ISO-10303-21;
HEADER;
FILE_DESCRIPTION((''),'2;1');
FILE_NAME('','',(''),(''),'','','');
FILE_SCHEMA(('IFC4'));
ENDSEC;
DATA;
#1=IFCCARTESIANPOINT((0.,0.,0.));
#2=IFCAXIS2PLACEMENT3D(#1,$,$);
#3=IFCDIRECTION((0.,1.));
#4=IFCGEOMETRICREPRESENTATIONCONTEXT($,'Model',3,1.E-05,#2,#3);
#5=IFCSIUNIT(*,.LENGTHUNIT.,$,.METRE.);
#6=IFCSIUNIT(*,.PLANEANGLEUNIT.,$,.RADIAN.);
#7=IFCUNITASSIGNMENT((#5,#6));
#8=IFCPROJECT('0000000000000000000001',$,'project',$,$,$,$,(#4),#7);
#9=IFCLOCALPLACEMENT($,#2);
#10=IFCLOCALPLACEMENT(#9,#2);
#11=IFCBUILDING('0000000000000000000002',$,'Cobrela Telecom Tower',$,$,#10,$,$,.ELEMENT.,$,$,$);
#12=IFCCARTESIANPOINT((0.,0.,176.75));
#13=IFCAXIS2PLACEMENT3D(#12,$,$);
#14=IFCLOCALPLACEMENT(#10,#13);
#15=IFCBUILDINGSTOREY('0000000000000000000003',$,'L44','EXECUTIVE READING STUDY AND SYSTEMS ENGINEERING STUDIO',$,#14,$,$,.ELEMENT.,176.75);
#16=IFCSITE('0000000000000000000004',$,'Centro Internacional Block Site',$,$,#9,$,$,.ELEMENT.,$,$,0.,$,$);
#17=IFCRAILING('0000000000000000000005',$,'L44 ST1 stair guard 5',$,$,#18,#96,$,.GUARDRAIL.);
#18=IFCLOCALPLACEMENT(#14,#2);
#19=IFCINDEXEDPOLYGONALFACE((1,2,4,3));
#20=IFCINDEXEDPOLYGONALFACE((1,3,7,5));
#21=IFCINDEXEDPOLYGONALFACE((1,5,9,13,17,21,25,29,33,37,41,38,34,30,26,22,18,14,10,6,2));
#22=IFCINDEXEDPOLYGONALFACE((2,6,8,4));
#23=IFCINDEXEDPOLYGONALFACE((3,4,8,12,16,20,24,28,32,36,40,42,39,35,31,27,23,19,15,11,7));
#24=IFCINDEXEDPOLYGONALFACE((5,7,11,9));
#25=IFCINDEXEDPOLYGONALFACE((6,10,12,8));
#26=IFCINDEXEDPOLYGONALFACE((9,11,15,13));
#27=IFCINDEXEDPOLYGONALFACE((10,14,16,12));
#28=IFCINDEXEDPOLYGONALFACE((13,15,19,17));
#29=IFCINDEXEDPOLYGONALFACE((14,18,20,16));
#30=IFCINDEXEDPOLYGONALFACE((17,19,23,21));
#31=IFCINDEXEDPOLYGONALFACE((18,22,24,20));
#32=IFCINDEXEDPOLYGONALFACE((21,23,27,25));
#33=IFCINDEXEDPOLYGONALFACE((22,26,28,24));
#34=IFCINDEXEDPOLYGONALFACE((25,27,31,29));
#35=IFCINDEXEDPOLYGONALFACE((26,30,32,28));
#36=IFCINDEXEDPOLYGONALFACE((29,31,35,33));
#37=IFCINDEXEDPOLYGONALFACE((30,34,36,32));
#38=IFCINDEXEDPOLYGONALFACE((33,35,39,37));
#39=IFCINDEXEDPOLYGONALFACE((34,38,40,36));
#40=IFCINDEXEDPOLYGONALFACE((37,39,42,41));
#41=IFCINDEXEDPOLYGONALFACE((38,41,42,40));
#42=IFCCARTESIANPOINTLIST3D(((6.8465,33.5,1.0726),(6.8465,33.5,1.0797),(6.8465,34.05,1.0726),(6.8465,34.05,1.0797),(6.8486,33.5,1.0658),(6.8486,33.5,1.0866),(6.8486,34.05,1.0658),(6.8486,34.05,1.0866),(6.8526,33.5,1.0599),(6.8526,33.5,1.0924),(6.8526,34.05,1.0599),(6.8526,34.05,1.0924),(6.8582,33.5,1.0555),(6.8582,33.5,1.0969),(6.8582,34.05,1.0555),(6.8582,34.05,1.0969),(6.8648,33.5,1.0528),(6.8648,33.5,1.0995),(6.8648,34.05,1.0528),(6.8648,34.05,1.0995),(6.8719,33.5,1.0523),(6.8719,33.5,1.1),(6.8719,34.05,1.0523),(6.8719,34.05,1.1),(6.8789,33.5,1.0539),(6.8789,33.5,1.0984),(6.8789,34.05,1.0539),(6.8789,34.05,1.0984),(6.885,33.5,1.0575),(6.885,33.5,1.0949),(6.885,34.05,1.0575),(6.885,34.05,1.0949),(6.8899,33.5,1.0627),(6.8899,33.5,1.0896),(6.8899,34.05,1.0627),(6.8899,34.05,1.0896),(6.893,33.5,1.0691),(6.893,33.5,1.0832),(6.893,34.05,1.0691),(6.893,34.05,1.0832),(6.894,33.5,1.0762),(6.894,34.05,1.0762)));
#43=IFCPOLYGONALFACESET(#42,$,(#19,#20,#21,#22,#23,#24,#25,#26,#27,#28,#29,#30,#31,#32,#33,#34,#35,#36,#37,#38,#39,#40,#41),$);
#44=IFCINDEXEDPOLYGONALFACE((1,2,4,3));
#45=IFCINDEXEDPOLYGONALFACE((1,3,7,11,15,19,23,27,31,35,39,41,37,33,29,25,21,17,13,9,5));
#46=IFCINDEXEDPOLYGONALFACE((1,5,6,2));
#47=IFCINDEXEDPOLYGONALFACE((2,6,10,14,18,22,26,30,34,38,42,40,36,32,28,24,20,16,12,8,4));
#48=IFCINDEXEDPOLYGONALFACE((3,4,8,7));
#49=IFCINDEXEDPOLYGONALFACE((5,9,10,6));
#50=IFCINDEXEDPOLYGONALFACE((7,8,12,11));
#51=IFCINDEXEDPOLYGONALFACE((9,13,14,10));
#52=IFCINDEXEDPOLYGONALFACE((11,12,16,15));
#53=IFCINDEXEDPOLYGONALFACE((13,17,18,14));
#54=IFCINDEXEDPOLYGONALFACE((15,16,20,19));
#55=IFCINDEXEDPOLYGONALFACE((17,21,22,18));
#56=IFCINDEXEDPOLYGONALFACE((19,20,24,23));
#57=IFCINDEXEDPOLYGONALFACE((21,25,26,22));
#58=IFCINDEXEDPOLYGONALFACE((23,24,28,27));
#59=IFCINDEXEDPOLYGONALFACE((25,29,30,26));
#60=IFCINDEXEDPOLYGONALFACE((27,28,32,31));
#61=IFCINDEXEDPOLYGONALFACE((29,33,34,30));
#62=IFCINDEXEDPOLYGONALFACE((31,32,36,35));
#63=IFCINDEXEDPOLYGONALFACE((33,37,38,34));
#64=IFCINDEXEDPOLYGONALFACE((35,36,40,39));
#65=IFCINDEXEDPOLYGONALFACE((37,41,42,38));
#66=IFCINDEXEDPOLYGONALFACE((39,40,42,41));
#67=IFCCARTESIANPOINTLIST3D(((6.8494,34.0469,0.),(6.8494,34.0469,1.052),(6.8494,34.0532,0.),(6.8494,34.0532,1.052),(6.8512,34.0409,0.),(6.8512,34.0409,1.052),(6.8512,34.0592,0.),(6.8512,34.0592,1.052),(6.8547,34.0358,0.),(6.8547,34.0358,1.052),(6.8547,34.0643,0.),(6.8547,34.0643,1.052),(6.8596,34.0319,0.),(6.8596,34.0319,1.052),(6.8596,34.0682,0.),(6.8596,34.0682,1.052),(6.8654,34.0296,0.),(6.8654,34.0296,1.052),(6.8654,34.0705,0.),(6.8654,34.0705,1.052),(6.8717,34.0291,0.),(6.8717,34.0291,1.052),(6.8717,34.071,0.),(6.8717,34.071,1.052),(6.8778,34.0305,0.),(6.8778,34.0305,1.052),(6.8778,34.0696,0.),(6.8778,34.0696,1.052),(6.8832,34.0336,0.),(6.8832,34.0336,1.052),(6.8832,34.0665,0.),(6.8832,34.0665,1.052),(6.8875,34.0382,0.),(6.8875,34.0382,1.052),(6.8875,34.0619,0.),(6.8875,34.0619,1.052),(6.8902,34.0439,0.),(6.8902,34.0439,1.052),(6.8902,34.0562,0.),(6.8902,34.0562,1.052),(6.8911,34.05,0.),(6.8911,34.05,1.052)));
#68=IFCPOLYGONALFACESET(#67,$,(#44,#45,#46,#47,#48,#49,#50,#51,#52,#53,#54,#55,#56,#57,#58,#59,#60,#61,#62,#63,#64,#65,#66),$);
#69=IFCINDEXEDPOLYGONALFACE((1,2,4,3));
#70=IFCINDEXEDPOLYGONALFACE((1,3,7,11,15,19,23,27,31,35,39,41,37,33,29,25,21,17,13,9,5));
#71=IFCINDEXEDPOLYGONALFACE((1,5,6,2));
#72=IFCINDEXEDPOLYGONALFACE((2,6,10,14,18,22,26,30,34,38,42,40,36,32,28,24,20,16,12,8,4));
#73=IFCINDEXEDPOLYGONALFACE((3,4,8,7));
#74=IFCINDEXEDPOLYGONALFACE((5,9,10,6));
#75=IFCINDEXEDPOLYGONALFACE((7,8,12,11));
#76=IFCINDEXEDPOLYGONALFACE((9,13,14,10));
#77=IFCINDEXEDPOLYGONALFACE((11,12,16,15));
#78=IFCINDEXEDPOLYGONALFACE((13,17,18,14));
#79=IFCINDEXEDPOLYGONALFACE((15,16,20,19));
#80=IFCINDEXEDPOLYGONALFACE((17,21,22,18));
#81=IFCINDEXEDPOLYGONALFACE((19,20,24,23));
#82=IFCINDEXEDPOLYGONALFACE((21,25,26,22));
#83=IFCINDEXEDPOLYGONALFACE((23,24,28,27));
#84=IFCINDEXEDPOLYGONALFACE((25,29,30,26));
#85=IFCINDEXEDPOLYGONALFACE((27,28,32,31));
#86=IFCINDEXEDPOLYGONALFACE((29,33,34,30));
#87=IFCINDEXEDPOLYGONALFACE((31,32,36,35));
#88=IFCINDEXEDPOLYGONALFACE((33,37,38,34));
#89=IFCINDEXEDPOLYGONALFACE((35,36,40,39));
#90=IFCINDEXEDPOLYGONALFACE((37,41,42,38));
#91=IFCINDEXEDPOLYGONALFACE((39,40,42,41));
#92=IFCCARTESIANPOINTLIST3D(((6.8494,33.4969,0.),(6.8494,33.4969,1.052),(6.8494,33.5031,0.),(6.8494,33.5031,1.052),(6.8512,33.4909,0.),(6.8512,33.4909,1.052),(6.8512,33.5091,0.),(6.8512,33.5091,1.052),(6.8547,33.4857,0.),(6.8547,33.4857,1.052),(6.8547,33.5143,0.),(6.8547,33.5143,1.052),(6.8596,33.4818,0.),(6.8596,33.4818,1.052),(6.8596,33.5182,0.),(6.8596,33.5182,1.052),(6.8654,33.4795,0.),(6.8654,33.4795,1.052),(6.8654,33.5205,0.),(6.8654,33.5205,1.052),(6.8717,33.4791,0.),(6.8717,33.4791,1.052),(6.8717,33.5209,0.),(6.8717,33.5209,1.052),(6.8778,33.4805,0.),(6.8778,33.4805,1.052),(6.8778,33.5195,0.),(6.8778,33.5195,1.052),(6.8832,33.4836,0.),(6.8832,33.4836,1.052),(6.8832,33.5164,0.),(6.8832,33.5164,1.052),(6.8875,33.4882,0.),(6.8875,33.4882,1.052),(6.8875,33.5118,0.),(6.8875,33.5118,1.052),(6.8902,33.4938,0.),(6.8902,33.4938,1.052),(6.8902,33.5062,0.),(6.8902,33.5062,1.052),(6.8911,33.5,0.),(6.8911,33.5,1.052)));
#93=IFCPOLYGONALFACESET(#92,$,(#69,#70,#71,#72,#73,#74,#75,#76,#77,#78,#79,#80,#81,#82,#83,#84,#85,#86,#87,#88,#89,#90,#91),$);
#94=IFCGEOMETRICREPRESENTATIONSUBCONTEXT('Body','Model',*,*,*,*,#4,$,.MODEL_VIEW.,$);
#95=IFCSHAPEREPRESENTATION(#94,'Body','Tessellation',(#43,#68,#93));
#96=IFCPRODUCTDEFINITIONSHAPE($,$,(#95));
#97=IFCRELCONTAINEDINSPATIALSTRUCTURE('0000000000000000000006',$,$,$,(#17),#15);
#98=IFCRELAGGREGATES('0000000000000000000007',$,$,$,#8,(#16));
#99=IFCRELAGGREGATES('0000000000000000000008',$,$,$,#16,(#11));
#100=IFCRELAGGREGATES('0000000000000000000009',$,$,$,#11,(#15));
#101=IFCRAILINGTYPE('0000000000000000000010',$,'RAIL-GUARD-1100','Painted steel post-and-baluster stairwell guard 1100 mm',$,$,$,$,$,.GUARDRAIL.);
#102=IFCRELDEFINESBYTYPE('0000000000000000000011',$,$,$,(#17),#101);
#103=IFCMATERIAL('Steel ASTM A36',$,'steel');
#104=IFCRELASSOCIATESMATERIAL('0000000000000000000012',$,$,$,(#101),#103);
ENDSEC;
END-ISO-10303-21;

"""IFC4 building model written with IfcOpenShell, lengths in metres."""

from ifc_helpers import new_model, si_unit, direction, frame, origin, origin_2d, place, context, subcontext, project, spatial, circle, extrude, material, type_object, element, save


model = new_model("IFC4")

# Units and contexts
model_context = context("Model", 3, precision=1e-05, world=origin(), true_north=direction((0.0, 1.0)))
body_context = subcontext(model_context, "Body", "Model", "MODEL_VIEW")
ifc_project = project(units=[si_unit("LENGTHUNIT", "METRE"), si_unit("PLANEANGLEUNIT", "RADIAN")], contexts=[model_context])

# Site, building, storey
site_placement = place(None, origin())
site = spatial("IfcSite", under=ifc_project, at=site_placement, Name="Centro Internacional Block Site", CompositionType="ELEMENT", RefElevation=0.0)
building_placement = place(site_placement, origin())
building = spatial("IfcBuilding", under=site, at=building_placement, Name="Cobrela Telecom Tower", CompositionType="ELEMENT")
storey_placement = place(building_placement, frame((0.0, 0.0, 176.75)))
storey = spatial("IfcBuildingStorey", under=building, at=storey_placement, Name="L44", Description="EXECUTIVE READING STUDY AND SYSTEMS ENGINEERING STUDIO", CompositionType="ELEMENT", Elevation=176.75)

# Shared definitions
ifc_material_1 = material(Name="Steel ASTM A36", Category="steel")

# Railing
railing_type_1 = type_object("IfcRailingType", Name="RAIL-GUARD-1100", Description="Painted steel post-and-baluster stairwell guard 1100 mm", PredefinedType="GUARDRAIL", material=ifc_material_1)
railing_1_placement = place(storey_placement, frame((6.8701, 34.05, 0.0)))
element("IfcRailing", 1, at=railing_1_placement, inside=storey, type_object=railing_type_1, Name="L44 ST1 stair guard 5", PredefinedType="GUARDRAIL", context=body_context, shape_type="SweptSolid", body=[
    extrude(circle(Radius=0.0239, at=origin_2d()), frame((0.0, 0.0, 1.0762), z_axis=(0.0, -1.0, 0.0), x_axis=(1.0, 0.0, 0.0)), (0.0, 0.0, 1.0), 0.55),
    extrude(circle(Radius=0.021, at=origin_2d()), origin(), (0.0, 0.0, 1.0), 1.052),
    extrude(circle(Radius=0.021, at=origin_2d()), frame((0.0, -0.55, 0.0)), (0.0, 0.0, 1.0), 1.052),
])

save(model, "model.ifc")
